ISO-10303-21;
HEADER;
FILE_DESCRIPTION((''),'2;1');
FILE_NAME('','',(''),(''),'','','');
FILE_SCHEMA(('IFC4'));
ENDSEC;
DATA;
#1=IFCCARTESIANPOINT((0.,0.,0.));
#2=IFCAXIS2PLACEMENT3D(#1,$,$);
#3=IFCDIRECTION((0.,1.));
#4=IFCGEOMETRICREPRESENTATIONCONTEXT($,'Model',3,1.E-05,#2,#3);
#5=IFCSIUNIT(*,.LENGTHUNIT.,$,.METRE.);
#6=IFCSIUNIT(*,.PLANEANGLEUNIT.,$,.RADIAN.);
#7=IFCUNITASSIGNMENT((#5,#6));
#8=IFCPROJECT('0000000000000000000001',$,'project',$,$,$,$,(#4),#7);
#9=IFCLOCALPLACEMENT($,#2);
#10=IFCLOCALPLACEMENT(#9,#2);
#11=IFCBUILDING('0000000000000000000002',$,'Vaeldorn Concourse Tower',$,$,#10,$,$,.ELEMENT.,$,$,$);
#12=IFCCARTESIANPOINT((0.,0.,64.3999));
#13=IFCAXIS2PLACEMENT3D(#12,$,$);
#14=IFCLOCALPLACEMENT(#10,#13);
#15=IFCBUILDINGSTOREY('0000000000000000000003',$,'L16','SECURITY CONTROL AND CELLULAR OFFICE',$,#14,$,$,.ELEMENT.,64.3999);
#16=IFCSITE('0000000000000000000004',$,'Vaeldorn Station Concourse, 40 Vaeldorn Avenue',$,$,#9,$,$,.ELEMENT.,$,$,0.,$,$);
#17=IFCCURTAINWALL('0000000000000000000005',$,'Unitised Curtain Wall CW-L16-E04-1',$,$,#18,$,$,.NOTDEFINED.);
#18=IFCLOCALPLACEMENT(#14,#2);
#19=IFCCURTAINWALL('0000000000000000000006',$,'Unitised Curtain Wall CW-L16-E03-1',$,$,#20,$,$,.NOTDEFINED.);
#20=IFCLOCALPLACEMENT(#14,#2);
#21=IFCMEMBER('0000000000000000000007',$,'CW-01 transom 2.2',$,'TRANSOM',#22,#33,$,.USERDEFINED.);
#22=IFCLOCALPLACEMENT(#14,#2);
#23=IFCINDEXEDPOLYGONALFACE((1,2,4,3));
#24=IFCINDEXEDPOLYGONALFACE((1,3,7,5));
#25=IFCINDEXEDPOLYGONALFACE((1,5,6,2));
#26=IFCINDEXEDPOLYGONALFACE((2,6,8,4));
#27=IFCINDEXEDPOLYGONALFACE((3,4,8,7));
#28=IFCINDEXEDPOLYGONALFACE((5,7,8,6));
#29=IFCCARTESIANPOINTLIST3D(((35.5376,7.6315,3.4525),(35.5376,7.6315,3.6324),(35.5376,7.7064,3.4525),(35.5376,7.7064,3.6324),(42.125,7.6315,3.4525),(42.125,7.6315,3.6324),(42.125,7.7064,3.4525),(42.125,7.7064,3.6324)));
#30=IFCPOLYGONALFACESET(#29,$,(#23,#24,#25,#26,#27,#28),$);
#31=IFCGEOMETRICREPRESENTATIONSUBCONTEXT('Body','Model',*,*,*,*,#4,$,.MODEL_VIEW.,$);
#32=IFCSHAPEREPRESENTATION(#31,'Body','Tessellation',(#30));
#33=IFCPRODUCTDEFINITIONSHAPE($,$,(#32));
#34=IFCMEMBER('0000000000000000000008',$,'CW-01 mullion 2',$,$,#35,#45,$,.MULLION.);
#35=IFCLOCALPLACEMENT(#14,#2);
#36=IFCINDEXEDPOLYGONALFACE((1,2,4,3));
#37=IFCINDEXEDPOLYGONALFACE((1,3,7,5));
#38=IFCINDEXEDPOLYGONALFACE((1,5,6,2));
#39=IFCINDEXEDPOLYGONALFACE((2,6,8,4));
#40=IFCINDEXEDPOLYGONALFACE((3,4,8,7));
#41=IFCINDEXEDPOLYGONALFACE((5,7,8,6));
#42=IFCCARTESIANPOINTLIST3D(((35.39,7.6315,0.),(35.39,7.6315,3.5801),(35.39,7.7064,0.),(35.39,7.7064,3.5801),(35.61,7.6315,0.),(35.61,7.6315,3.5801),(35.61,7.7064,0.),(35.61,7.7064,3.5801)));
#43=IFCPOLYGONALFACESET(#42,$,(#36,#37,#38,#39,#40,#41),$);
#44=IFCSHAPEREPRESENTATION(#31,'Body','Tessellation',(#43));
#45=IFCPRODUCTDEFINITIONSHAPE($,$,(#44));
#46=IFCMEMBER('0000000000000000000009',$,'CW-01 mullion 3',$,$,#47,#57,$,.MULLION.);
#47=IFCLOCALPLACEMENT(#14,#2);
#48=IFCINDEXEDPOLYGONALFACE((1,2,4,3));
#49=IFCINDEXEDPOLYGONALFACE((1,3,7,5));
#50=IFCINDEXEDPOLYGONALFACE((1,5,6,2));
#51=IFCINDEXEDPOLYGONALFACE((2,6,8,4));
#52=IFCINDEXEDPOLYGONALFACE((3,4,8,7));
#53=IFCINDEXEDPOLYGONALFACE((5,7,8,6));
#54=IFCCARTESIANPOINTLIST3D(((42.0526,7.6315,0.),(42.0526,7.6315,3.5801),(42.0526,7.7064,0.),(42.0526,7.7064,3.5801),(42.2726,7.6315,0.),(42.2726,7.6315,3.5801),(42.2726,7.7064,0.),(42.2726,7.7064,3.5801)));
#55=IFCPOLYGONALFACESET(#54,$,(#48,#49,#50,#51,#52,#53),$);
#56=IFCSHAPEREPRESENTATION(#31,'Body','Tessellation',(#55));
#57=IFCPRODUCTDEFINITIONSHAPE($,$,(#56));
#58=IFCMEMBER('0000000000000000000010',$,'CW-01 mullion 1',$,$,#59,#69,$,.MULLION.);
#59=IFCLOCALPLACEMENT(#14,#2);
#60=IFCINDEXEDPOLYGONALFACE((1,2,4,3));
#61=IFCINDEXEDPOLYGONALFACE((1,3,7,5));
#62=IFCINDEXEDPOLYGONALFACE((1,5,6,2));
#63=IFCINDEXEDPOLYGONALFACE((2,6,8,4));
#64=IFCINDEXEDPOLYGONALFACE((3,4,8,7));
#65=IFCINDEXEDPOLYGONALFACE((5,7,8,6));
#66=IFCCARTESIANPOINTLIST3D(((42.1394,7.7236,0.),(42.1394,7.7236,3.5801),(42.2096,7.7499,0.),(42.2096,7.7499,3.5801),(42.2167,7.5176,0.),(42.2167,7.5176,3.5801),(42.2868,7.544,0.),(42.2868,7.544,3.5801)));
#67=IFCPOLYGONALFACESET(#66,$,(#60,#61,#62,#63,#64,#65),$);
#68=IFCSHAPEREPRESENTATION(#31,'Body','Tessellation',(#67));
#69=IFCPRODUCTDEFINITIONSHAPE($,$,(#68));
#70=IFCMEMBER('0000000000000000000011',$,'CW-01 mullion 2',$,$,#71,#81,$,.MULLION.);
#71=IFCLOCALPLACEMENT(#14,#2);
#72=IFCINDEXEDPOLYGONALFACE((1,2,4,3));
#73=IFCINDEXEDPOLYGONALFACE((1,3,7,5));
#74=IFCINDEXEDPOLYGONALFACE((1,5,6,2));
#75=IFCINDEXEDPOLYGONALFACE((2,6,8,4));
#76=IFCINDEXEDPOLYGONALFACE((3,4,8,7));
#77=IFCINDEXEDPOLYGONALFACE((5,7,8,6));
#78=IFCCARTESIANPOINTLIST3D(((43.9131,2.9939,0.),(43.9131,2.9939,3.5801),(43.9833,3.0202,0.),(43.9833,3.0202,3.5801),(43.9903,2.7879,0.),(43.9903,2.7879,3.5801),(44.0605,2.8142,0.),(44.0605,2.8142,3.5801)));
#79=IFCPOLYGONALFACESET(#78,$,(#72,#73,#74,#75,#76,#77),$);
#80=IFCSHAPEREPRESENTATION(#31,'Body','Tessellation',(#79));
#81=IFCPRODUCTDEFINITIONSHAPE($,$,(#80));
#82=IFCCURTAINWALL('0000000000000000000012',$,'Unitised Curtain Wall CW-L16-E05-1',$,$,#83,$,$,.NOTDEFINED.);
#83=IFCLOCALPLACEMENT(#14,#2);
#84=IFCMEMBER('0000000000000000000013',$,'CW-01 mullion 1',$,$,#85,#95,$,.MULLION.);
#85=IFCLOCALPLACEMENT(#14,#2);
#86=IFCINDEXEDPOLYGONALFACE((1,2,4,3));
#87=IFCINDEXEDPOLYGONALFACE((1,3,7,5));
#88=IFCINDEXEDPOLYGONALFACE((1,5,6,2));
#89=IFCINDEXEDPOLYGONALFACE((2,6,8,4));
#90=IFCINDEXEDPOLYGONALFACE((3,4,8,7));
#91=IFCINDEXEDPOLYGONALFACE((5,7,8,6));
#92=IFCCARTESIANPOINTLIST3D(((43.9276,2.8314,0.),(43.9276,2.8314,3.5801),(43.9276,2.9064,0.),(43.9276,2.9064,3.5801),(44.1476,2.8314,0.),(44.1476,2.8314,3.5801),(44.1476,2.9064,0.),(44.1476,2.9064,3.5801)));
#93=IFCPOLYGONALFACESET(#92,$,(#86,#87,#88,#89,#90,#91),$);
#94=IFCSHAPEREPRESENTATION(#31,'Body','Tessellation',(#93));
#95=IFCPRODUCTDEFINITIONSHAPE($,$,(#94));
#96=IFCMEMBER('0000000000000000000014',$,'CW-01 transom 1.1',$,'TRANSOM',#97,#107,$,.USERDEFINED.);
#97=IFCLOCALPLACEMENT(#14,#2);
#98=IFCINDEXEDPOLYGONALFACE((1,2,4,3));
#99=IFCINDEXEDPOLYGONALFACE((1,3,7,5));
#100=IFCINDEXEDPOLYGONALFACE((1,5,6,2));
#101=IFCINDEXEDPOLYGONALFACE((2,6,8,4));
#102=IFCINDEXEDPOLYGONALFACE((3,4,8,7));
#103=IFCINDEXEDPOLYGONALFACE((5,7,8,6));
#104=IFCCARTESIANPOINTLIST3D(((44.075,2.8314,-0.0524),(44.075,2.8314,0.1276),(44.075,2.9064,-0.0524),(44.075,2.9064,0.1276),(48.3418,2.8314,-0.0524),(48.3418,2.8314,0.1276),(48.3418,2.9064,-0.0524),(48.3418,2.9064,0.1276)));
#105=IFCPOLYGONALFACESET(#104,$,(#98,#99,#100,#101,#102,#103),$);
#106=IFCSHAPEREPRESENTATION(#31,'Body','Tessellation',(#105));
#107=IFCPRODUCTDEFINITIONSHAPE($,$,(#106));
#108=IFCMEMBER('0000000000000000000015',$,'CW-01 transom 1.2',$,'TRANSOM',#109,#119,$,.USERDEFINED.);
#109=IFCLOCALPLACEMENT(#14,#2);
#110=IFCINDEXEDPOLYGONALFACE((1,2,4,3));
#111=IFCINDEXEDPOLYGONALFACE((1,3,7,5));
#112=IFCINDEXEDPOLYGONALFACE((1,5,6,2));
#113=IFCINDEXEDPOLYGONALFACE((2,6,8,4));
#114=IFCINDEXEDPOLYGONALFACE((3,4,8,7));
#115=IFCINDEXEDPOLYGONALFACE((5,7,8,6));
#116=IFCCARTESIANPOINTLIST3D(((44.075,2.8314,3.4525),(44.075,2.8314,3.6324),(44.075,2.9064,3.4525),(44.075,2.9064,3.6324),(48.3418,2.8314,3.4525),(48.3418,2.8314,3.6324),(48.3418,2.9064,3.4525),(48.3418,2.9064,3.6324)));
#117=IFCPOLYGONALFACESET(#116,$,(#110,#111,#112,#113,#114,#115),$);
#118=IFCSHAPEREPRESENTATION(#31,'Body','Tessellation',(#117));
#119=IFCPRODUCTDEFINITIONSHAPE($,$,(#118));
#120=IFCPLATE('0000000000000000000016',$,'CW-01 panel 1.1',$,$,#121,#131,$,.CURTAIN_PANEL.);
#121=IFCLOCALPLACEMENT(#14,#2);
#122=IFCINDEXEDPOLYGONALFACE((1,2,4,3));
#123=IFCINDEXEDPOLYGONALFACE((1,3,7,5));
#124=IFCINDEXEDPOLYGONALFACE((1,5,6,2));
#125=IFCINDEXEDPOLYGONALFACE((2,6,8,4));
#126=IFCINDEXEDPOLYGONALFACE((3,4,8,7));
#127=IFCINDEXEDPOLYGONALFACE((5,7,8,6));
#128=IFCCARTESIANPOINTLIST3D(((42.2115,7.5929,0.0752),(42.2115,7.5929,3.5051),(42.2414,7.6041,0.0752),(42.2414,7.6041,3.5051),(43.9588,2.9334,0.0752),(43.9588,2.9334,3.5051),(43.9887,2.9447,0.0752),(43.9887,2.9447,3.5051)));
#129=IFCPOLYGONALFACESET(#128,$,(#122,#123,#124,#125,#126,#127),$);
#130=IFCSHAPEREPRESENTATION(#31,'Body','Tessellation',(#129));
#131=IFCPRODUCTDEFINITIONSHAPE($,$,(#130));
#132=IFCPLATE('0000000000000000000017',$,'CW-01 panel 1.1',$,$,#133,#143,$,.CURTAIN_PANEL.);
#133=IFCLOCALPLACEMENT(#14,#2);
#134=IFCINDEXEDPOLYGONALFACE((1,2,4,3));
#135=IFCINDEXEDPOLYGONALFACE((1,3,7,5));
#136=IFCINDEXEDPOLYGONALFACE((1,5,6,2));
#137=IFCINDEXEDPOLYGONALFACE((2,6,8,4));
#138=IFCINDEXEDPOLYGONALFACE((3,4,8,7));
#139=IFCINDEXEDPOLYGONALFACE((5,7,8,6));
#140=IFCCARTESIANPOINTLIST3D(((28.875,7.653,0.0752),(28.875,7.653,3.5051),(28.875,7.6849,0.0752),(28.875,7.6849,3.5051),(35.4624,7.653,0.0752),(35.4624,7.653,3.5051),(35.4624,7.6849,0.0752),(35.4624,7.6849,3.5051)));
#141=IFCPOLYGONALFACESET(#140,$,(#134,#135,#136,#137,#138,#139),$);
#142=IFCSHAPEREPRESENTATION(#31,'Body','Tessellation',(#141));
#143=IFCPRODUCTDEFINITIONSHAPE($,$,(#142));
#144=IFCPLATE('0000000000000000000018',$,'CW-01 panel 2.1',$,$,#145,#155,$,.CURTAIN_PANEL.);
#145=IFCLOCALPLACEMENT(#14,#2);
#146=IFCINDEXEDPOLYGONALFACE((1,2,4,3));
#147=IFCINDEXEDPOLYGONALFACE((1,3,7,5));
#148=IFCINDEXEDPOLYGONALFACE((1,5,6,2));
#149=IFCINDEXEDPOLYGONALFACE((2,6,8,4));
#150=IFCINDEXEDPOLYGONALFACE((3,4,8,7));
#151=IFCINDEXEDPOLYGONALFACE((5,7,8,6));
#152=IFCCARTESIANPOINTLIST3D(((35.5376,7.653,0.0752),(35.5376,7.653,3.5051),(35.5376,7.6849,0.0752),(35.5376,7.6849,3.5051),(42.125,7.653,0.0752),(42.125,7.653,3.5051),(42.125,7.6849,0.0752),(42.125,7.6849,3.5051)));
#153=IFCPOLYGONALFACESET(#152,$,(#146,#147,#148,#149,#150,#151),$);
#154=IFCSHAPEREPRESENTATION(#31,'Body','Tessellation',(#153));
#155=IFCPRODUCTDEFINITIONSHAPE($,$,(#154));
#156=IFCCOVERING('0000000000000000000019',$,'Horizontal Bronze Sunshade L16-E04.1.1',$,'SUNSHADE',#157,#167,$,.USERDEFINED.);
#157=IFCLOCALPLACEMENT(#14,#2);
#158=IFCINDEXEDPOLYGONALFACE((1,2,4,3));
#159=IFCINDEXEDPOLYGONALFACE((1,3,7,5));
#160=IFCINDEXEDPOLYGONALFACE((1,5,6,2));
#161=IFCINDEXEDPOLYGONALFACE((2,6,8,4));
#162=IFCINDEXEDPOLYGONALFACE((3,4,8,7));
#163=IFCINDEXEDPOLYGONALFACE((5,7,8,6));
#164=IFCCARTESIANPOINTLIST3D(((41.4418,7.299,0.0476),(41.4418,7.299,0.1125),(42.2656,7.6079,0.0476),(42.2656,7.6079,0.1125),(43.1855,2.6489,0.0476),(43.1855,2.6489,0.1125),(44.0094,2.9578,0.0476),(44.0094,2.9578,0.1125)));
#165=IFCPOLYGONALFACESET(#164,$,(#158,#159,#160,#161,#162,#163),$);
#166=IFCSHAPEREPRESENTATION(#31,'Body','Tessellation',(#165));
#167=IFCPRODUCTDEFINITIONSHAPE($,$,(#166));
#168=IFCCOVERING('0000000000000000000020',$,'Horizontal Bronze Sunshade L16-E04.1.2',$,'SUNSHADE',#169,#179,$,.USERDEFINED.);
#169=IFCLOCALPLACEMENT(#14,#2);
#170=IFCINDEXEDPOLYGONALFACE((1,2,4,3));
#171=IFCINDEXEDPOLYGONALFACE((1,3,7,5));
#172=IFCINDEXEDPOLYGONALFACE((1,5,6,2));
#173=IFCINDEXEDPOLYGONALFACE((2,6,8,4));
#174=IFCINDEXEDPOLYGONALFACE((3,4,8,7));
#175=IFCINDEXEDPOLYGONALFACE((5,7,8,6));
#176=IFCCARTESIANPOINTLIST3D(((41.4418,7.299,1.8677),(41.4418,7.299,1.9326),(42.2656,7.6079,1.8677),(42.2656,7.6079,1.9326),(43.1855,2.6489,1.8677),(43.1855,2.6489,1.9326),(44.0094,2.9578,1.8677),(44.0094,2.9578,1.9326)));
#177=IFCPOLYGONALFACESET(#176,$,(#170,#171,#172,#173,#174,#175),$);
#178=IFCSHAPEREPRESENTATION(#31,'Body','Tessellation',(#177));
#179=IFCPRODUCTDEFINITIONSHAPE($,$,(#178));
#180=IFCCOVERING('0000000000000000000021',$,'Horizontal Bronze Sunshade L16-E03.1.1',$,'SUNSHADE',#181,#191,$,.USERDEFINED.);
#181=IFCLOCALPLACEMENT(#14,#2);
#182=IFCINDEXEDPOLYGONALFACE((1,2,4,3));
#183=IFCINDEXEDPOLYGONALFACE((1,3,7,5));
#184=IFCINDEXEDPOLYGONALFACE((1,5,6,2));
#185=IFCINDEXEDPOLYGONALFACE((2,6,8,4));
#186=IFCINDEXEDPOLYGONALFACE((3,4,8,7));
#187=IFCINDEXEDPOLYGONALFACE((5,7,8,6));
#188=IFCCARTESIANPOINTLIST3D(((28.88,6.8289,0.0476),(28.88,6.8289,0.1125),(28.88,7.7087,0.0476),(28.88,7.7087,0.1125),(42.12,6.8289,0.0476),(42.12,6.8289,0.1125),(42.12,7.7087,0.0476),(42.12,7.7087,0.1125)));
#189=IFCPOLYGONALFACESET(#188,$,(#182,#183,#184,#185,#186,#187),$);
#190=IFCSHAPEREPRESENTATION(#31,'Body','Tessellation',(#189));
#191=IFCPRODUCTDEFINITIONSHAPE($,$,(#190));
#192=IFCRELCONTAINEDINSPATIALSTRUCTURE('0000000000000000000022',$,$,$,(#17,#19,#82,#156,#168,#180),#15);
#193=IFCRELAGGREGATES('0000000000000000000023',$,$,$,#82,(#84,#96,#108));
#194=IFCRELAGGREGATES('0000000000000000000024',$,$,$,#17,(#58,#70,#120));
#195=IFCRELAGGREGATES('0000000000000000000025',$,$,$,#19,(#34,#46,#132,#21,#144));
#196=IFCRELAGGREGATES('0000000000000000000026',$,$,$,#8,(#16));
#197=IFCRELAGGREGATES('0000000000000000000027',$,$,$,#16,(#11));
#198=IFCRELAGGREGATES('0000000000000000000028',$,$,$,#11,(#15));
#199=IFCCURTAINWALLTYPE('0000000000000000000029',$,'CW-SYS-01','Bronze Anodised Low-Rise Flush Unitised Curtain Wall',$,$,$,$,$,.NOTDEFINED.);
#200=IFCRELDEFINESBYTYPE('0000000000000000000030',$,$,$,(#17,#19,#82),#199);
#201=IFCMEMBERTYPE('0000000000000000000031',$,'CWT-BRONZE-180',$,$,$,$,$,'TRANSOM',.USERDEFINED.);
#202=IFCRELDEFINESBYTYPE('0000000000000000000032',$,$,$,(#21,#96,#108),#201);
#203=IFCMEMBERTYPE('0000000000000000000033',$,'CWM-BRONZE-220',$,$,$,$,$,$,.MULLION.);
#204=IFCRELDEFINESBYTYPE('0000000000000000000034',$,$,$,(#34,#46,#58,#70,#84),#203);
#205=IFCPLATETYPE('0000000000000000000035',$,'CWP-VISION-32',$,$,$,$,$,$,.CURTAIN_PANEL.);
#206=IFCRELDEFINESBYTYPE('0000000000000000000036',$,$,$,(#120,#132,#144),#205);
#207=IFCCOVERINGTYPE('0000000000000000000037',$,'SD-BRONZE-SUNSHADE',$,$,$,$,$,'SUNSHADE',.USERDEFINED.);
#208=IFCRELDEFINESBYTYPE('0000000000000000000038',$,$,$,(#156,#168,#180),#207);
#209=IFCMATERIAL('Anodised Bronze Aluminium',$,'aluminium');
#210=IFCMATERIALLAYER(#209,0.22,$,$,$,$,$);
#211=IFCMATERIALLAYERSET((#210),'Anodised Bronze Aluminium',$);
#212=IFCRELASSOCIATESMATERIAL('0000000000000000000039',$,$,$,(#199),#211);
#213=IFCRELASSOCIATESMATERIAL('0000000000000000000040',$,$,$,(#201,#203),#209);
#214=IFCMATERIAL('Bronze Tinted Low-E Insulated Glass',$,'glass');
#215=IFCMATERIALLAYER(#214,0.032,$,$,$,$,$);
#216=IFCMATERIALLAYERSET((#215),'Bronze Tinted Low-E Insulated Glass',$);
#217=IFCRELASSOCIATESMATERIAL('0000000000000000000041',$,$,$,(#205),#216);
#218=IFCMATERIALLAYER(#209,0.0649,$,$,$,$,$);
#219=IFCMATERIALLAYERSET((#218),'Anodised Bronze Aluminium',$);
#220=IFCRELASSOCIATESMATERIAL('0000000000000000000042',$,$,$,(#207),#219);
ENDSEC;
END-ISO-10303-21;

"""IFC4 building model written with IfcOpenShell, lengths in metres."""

from ifc_helpers import new_model, si_unit, direction, frame, origin, origin_2d, place, context, subcontext, project, spatial, rectangle, extrude, source, transform, mapped, material, layer, layer_set, material_profile, profile_set, type_object, element, aggregate, save


model = new_model("IFC4")

# Units and contexts
model_context = context("Model", 3, precision=1e-05, world=origin(), true_north=direction((0.0, 1.0)))
body_context = subcontext(model_context, "Body", "Model", "MODEL_VIEW")
ifc_project = project(units=[si_unit("LENGTHUNIT", "METRE"), si_unit("PLANEANGLEUNIT", "RADIAN")], contexts=[model_context])

# Site, building, storey
site_placement = place(None, origin())
site = spatial("IfcSite", under=ifc_project, at=site_placement, Name="Vaeldorn Station Concourse, 40 Vaeldorn Avenue", CompositionType="ELEMENT", RefElevation=0.0)
building_placement = place(site_placement, origin())
building = spatial("IfcBuilding", under=site, at=building_placement, Name="Vaeldorn Concourse Tower", CompositionType="ELEMENT")
storey_placement = place(building_placement, frame((0.0, 0.0, 64.3999)))
storey = spatial("IfcBuildingStorey", under=building, at=storey_placement, Name="L16", Description="SECURITY CONTROL AND CELLULAR OFFICE", CompositionType="ELEMENT", Elevation=64.3999)

# Curtain walls, members
ifc_material_1 = material(Name="Anodised Bronze Aluminium", Category="aluminium")
ifc_layer_1 = layer(ifc_material_1, 0.22)
ifc_layer_set_1 = layer_set([ifc_layer_1], Name="Anodised Bronze Aluminium")
curtain_wall_type = type_object("IfcCurtainWallType", Name="CW-SYS-01", Description="Bronze Anodised Low-Rise Flush Unitised Curtain Wall", PredefinedType="NOTDEFINED", material=ifc_layer_set_1)
curtain_wall_1_placement = place(storey_placement, origin())
curtain_wall_1 = element("IfcCurtainWall", 1, at=curtain_wall_1_placement, inside=storey, type_object=curtain_wall_type, Name="Unitised Curtain Wall CW-L16-E04-1", PredefinedType="NOTDEFINED")
ifc_material_profile_1 = material_profile(ifc_material_1, rectangle(XDim=0.075, YDim=0.1799, at=origin_2d()), Name="CWT 75x180")
ifc_profile_set_1 = profile_set([ifc_material_profile_1], Name="Anodised Bronze Aluminium")
member_type_1 = type_object("IfcMemberType", Name="CWT-BRONZE-180", ElementType="TRANSOM", PredefinedType="USERDEFINED", material=ifc_profile_set_1)
curtain_wall_2_placement = place(storey_placement, origin())
curtain_wall_2 = element("IfcCurtainWall", 2, at=curtain_wall_2_placement, inside=storey, type_object=curtain_wall_type, Name="Unitised Curtain Wall CW-L16-E03-1", PredefinedType="NOTDEFINED")
shared_shape_1 = source(origin(), body_context, "Body", "SweptSolid", [
    extrude(rectangle(XDim=0.075, YDim=0.1799, at=origin_2d()), origin(), (0.0, 0.0, 1.0), 6.5874),
])
member_1_placement = place(storey_placement, frame((35.5376, 7.6689, 3.5425), z_axis=(1.0, 0.0, 0.0), x_axis=(0.0, 1.0, 0.0)))
member_1 = element("IfcMember", 3, at=member_1_placement, type_object=member_type_1, Name="CW-01 transom 2.2", ObjectType="TRANSOM", PredefinedType="USERDEFINED", context=body_context, shape_type="MappedRepresentation", body=[
    mapped(shared_shape_1, transform((0.0, 0.0, 0.0), scale=1.0)),
])
ifc_material_profile_2 = material_profile(ifc_material_1, rectangle(XDim=0.075, YDim=0.22, at=origin_2d()), Name="CWM 75x220")
ifc_profile_set_2 = profile_set([ifc_material_profile_2], Name="Anodised Bronze Aluminium")
member_type_2 = type_object("IfcMemberType", Name="CWM-BRONZE-220", PredefinedType="MULLION", material=ifc_profile_set_2)
shared_shape_2 = source(origin(), body_context, "Body", "SweptSolid", [
    extrude(rectangle(XDim=0.075, YDim=0.22, at=origin_2d()), origin(), (0.0, 0.0, 1.0), 3.5801),
])
member_2_placement = place(storey_placement, frame((35.5, 7.6689, 0.0), z_axis=(0.0, 0.0, 1.0), x_axis=(0.0, 1.0, 0.0)))
member_2 = element("IfcMember", 4, at=member_2_placement, type_object=member_type_2, Name="CW-01 mullion 2", PredefinedType="MULLION", context=body_context, shape_type="MappedRepresentation", body=[
    mapped(shared_shape_2, transform((0.0, 0.0, 0.0), scale=1.0)),
])
member_3_placement = place(storey_placement, frame((42.1626, 7.6689, 0.0), z_axis=(0.0, 0.0, 1.0), x_axis=(0.0, 1.0, 0.0)))
member_3 = element("IfcMember", 5, at=member_3_placement, type_object=member_type_2, Name="CW-01 mullion 3", PredefinedType="MULLION", context=body_context, shape_type="MappedRepresentation", body=[
    mapped(shared_shape_2, transform((0.0, 0.0, 0.0), scale=1.0)),
])

# Members
member_4_placement = place(storey_placement, frame((42.2131, 7.6338, 0.0), z_axis=(0.0, 0.0, 1.0), x_axis=(0.936329, 0.351123, 0.0)))
member_4 = element("IfcMember", 6, at=member_4_placement, type_object=member_type_2, Name="CW-01 mullion 1", PredefinedType="MULLION", context=body_context, shape_type="MappedRepresentation", body=[
    mapped(shared_shape_2, transform((0.0, 0.0, 0.0), scale=1.0)),
])
member_5_placement = place(storey_placement, frame((43.9868, 2.9041, 0.0), z_axis=(0.0, 0.0, 1.0), x_axis=(0.936329, 0.351123, 0.0)))
member_5 = element("IfcMember", 7, at=member_5_placement, type_object=member_type_2, Name="CW-01 mullion 2", PredefinedType="MULLION", context=body_context, shape_type="MappedRepresentation", body=[
    mapped(shared_shape_2, transform((0.0, 0.0, 0.0), scale=1.0)),
])

# Curtain wall, members
curtain_wall_3_placement = place(storey_placement, origin())
curtain_wall_3 = element("IfcCurtainWall", 8, at=curtain_wall_3_placement, inside=storey, type_object=curtain_wall_type, Name="Unitised Curtain Wall CW-L16-E05-1", PredefinedType="NOTDEFINED")
member_6_placement = place(storey_placement, frame((44.0376, 2.8689, 0.0), z_axis=(0.0, 0.0, 1.0), x_axis=(0.0, 1.0, 0.0)))
member_6 = element("IfcMember", 9, at=member_6_placement, type_object=member_type_2, Name="CW-01 mullion 1", PredefinedType="MULLION", context=body_context, shape_type="MappedRepresentation", body=[
    mapped(shared_shape_2, transform((0.0, 0.0, 0.0), scale=1.0)),
])
shared_shape_3 = source(origin(), body_context, "Body", "SweptSolid", [
    extrude(rectangle(XDim=0.075, YDim=0.1799, at=origin_2d()), origin(), (0.0, 0.0, 1.0), 4.2668),
])
member_7_placement = place(storey_placement, frame((44.075, 2.8689, 0.0376), z_axis=(1.0, 0.0, 0.0), x_axis=(0.0, 1.0, 0.0)))
member_7 = element("IfcMember", 10, at=member_7_placement, type_object=member_type_1, Name="CW-01 transom 1.1", ObjectType="TRANSOM", PredefinedType="USERDEFINED", context=body_context, shape_type="MappedRepresentation", body=[
    mapped(shared_shape_3, transform((0.0, 0.0, 0.0), scale=1.0)),
])
member_8_placement = place(storey_placement, frame((44.075, 2.8689, 3.5425), z_axis=(1.0, 0.0, 0.0), x_axis=(0.0, 1.0, 0.0)))
member_8 = element("IfcMember", 11, at=member_8_placement, type_object=member_type_1, Name="CW-01 transom 1.2", ObjectType="TRANSOM", PredefinedType="USERDEFINED", context=body_context, shape_type="MappedRepresentation", body=[
    mapped(shared_shape_3, transform((0.0, 0.0, 0.0), scale=1.0)),
])
aggregate(curtain_wall_3, [member_6, member_7, member_8])

# Plates
ifc_material_2 = material(Name="Bronze Tinted Low-E Insulated Glass", Category="glass")
ifc_layer_2 = layer(ifc_material_2, 0.032)
ifc_layer_set_2 = layer_set([ifc_layer_2], Name="Bronze Tinted Low-E Insulated Glass")
plate_type = type_object("IfcPlateType", Name="CWP-VISION-32", PredefinedType="CURTAIN_PANEL", material=ifc_layer_set_2)
shared_shape_4 = source(origin(), body_context, "Body", "SweptSolid", [
    extrude(rectangle(XDim=4.9763, YDim=0.032, at=origin_2d()), origin(), (0.0, 0.0, 1.0), 3.4299),
])
plate_1_placement = place(storey_placement, frame((43.1001, 5.2688, 0.0752), z_axis=(0.0, 0.0, 1.0), x_axis=(0.351123, -0.936329, 0.0)))
plate_1 = element("IfcPlate", 12, at=plate_1_placement, type_object=plate_type, Name="CW-01 panel 1.1", PredefinedType="CURTAIN_PANEL", context=body_context, shape_type="MappedRepresentation", body=[
    mapped(shared_shape_4, transform((0.0, 0.0, 0.0), scale=1.0)),
])
aggregate(curtain_wall_1, [member_4, member_5, plate_1])
shared_shape_5 = source(origin(), body_context, "Body", "SweptSolid", [
    extrude(rectangle(XDim=6.5874, YDim=0.032, at=origin_2d()), origin(), (0.0, 0.0, 1.0), 3.4299),
])
plate_2_placement = place(storey_placement, frame((32.1687, 7.6689, 0.0752), z_axis=(0.0, 0.0, 1.0), x_axis=(1.0, 0.0, 0.0)))
plate_2 = element("IfcPlate", 13, at=plate_2_placement, type_object=plate_type, Name="CW-01 panel 1.1", PredefinedType="CURTAIN_PANEL", context=body_context, shape_type="MappedRepresentation", body=[
    mapped(shared_shape_5, transform((0.0, 0.0, 0.0), scale=1.0)),
])
plate_3_placement = place(storey_placement, frame((38.8313, 7.6689, 0.0752), z_axis=(0.0, 0.0, 1.0), x_axis=(1.0, 0.0, 0.0)))
plate_3 = element("IfcPlate", 14, at=plate_3_placement, type_object=plate_type, Name="CW-01 panel 2.1", PredefinedType="CURTAIN_PANEL", context=body_context, shape_type="MappedRepresentation", body=[
    mapped(shared_shape_5, transform((0.0, 0.0, 0.0), scale=1.0)),
])
aggregate(curtain_wall_2, [member_2, member_3, plate_2, member_1, plate_3])

# Coverings
ifc_layer_3 = layer(ifc_material_1, 0.0649)
ifc_layer_set_3 = layer_set([ifc_layer_3], Name="Anodised Bronze Aluminium")
covering_type = type_object("IfcCoveringType", Name="SD-BRONZE-SUNSHADE", ElementType="SUNSHADE", PredefinedType="USERDEFINED", material=ifc_layer_set_3)
shared_shape_6 = source(origin(), body_context, "Body", "SweptSolid", [
    extrude(rectangle(XDim=4.9663, YDim=0.8799, at=origin_2d()), origin(), (0.0, 0.0, 1.0), 0.0649),
])
for number, where, z_axis, x_axis, name in (
    (15, (42.7256, 5.1284, 0.0476), (0.0, 0.0, 1.0), (0.351123, -0.936329, 0.0), "Horizontal Bronze Sunshade L16-E04.1.1"),
    (16, (42.7256, 5.1284, 1.8677), (0.0, 0.0, 1.0), (0.351123, -0.936329, 0.0), "Horizontal Bronze Sunshade L16-E04.1.2"),
):
    element("IfcCovering", number, at=place(storey_placement, frame(where, z_axis=z_axis, x_axis=x_axis)), inside=storey, type_object=covering_type, Name=name, ObjectType="SUNSHADE", PredefinedType="USERDEFINED", context=body_context, shape_type="MappedRepresentation", body=[
        mapped(shared_shape_6, transform((0.0, 0.0, 0.0), scale=1.0)),
    ])
shared_shape_7 = source(origin(), body_context, "Body", "SweptSolid", [
    extrude(rectangle(XDim=13.24, YDim=0.8799, at=origin_2d()), origin(), (0.0, 0.0, 1.0), 0.0649),
])
for number, where, z_axis, x_axis, name in (
    (17, (35.5, 7.2688, 0.0476), (0.0, 0.0, 1.0), (1.0, 0.0, 0.0), "Horizontal Bronze Sunshade L16-E03.1.1"),
):
    element("IfcCovering", number, at=place(storey_placement, frame(where, z_axis=z_axis, x_axis=x_axis)), inside=storey, type_object=covering_type, Name=name, ObjectType="SUNSHADE", PredefinedType="USERDEFINED", context=body_context, shape_type="MappedRepresentation", body=[
        mapped(shared_shape_7, transform((0.0, 0.0, 0.0), scale=1.0)),
    ])

save(model, "model.ifc")
